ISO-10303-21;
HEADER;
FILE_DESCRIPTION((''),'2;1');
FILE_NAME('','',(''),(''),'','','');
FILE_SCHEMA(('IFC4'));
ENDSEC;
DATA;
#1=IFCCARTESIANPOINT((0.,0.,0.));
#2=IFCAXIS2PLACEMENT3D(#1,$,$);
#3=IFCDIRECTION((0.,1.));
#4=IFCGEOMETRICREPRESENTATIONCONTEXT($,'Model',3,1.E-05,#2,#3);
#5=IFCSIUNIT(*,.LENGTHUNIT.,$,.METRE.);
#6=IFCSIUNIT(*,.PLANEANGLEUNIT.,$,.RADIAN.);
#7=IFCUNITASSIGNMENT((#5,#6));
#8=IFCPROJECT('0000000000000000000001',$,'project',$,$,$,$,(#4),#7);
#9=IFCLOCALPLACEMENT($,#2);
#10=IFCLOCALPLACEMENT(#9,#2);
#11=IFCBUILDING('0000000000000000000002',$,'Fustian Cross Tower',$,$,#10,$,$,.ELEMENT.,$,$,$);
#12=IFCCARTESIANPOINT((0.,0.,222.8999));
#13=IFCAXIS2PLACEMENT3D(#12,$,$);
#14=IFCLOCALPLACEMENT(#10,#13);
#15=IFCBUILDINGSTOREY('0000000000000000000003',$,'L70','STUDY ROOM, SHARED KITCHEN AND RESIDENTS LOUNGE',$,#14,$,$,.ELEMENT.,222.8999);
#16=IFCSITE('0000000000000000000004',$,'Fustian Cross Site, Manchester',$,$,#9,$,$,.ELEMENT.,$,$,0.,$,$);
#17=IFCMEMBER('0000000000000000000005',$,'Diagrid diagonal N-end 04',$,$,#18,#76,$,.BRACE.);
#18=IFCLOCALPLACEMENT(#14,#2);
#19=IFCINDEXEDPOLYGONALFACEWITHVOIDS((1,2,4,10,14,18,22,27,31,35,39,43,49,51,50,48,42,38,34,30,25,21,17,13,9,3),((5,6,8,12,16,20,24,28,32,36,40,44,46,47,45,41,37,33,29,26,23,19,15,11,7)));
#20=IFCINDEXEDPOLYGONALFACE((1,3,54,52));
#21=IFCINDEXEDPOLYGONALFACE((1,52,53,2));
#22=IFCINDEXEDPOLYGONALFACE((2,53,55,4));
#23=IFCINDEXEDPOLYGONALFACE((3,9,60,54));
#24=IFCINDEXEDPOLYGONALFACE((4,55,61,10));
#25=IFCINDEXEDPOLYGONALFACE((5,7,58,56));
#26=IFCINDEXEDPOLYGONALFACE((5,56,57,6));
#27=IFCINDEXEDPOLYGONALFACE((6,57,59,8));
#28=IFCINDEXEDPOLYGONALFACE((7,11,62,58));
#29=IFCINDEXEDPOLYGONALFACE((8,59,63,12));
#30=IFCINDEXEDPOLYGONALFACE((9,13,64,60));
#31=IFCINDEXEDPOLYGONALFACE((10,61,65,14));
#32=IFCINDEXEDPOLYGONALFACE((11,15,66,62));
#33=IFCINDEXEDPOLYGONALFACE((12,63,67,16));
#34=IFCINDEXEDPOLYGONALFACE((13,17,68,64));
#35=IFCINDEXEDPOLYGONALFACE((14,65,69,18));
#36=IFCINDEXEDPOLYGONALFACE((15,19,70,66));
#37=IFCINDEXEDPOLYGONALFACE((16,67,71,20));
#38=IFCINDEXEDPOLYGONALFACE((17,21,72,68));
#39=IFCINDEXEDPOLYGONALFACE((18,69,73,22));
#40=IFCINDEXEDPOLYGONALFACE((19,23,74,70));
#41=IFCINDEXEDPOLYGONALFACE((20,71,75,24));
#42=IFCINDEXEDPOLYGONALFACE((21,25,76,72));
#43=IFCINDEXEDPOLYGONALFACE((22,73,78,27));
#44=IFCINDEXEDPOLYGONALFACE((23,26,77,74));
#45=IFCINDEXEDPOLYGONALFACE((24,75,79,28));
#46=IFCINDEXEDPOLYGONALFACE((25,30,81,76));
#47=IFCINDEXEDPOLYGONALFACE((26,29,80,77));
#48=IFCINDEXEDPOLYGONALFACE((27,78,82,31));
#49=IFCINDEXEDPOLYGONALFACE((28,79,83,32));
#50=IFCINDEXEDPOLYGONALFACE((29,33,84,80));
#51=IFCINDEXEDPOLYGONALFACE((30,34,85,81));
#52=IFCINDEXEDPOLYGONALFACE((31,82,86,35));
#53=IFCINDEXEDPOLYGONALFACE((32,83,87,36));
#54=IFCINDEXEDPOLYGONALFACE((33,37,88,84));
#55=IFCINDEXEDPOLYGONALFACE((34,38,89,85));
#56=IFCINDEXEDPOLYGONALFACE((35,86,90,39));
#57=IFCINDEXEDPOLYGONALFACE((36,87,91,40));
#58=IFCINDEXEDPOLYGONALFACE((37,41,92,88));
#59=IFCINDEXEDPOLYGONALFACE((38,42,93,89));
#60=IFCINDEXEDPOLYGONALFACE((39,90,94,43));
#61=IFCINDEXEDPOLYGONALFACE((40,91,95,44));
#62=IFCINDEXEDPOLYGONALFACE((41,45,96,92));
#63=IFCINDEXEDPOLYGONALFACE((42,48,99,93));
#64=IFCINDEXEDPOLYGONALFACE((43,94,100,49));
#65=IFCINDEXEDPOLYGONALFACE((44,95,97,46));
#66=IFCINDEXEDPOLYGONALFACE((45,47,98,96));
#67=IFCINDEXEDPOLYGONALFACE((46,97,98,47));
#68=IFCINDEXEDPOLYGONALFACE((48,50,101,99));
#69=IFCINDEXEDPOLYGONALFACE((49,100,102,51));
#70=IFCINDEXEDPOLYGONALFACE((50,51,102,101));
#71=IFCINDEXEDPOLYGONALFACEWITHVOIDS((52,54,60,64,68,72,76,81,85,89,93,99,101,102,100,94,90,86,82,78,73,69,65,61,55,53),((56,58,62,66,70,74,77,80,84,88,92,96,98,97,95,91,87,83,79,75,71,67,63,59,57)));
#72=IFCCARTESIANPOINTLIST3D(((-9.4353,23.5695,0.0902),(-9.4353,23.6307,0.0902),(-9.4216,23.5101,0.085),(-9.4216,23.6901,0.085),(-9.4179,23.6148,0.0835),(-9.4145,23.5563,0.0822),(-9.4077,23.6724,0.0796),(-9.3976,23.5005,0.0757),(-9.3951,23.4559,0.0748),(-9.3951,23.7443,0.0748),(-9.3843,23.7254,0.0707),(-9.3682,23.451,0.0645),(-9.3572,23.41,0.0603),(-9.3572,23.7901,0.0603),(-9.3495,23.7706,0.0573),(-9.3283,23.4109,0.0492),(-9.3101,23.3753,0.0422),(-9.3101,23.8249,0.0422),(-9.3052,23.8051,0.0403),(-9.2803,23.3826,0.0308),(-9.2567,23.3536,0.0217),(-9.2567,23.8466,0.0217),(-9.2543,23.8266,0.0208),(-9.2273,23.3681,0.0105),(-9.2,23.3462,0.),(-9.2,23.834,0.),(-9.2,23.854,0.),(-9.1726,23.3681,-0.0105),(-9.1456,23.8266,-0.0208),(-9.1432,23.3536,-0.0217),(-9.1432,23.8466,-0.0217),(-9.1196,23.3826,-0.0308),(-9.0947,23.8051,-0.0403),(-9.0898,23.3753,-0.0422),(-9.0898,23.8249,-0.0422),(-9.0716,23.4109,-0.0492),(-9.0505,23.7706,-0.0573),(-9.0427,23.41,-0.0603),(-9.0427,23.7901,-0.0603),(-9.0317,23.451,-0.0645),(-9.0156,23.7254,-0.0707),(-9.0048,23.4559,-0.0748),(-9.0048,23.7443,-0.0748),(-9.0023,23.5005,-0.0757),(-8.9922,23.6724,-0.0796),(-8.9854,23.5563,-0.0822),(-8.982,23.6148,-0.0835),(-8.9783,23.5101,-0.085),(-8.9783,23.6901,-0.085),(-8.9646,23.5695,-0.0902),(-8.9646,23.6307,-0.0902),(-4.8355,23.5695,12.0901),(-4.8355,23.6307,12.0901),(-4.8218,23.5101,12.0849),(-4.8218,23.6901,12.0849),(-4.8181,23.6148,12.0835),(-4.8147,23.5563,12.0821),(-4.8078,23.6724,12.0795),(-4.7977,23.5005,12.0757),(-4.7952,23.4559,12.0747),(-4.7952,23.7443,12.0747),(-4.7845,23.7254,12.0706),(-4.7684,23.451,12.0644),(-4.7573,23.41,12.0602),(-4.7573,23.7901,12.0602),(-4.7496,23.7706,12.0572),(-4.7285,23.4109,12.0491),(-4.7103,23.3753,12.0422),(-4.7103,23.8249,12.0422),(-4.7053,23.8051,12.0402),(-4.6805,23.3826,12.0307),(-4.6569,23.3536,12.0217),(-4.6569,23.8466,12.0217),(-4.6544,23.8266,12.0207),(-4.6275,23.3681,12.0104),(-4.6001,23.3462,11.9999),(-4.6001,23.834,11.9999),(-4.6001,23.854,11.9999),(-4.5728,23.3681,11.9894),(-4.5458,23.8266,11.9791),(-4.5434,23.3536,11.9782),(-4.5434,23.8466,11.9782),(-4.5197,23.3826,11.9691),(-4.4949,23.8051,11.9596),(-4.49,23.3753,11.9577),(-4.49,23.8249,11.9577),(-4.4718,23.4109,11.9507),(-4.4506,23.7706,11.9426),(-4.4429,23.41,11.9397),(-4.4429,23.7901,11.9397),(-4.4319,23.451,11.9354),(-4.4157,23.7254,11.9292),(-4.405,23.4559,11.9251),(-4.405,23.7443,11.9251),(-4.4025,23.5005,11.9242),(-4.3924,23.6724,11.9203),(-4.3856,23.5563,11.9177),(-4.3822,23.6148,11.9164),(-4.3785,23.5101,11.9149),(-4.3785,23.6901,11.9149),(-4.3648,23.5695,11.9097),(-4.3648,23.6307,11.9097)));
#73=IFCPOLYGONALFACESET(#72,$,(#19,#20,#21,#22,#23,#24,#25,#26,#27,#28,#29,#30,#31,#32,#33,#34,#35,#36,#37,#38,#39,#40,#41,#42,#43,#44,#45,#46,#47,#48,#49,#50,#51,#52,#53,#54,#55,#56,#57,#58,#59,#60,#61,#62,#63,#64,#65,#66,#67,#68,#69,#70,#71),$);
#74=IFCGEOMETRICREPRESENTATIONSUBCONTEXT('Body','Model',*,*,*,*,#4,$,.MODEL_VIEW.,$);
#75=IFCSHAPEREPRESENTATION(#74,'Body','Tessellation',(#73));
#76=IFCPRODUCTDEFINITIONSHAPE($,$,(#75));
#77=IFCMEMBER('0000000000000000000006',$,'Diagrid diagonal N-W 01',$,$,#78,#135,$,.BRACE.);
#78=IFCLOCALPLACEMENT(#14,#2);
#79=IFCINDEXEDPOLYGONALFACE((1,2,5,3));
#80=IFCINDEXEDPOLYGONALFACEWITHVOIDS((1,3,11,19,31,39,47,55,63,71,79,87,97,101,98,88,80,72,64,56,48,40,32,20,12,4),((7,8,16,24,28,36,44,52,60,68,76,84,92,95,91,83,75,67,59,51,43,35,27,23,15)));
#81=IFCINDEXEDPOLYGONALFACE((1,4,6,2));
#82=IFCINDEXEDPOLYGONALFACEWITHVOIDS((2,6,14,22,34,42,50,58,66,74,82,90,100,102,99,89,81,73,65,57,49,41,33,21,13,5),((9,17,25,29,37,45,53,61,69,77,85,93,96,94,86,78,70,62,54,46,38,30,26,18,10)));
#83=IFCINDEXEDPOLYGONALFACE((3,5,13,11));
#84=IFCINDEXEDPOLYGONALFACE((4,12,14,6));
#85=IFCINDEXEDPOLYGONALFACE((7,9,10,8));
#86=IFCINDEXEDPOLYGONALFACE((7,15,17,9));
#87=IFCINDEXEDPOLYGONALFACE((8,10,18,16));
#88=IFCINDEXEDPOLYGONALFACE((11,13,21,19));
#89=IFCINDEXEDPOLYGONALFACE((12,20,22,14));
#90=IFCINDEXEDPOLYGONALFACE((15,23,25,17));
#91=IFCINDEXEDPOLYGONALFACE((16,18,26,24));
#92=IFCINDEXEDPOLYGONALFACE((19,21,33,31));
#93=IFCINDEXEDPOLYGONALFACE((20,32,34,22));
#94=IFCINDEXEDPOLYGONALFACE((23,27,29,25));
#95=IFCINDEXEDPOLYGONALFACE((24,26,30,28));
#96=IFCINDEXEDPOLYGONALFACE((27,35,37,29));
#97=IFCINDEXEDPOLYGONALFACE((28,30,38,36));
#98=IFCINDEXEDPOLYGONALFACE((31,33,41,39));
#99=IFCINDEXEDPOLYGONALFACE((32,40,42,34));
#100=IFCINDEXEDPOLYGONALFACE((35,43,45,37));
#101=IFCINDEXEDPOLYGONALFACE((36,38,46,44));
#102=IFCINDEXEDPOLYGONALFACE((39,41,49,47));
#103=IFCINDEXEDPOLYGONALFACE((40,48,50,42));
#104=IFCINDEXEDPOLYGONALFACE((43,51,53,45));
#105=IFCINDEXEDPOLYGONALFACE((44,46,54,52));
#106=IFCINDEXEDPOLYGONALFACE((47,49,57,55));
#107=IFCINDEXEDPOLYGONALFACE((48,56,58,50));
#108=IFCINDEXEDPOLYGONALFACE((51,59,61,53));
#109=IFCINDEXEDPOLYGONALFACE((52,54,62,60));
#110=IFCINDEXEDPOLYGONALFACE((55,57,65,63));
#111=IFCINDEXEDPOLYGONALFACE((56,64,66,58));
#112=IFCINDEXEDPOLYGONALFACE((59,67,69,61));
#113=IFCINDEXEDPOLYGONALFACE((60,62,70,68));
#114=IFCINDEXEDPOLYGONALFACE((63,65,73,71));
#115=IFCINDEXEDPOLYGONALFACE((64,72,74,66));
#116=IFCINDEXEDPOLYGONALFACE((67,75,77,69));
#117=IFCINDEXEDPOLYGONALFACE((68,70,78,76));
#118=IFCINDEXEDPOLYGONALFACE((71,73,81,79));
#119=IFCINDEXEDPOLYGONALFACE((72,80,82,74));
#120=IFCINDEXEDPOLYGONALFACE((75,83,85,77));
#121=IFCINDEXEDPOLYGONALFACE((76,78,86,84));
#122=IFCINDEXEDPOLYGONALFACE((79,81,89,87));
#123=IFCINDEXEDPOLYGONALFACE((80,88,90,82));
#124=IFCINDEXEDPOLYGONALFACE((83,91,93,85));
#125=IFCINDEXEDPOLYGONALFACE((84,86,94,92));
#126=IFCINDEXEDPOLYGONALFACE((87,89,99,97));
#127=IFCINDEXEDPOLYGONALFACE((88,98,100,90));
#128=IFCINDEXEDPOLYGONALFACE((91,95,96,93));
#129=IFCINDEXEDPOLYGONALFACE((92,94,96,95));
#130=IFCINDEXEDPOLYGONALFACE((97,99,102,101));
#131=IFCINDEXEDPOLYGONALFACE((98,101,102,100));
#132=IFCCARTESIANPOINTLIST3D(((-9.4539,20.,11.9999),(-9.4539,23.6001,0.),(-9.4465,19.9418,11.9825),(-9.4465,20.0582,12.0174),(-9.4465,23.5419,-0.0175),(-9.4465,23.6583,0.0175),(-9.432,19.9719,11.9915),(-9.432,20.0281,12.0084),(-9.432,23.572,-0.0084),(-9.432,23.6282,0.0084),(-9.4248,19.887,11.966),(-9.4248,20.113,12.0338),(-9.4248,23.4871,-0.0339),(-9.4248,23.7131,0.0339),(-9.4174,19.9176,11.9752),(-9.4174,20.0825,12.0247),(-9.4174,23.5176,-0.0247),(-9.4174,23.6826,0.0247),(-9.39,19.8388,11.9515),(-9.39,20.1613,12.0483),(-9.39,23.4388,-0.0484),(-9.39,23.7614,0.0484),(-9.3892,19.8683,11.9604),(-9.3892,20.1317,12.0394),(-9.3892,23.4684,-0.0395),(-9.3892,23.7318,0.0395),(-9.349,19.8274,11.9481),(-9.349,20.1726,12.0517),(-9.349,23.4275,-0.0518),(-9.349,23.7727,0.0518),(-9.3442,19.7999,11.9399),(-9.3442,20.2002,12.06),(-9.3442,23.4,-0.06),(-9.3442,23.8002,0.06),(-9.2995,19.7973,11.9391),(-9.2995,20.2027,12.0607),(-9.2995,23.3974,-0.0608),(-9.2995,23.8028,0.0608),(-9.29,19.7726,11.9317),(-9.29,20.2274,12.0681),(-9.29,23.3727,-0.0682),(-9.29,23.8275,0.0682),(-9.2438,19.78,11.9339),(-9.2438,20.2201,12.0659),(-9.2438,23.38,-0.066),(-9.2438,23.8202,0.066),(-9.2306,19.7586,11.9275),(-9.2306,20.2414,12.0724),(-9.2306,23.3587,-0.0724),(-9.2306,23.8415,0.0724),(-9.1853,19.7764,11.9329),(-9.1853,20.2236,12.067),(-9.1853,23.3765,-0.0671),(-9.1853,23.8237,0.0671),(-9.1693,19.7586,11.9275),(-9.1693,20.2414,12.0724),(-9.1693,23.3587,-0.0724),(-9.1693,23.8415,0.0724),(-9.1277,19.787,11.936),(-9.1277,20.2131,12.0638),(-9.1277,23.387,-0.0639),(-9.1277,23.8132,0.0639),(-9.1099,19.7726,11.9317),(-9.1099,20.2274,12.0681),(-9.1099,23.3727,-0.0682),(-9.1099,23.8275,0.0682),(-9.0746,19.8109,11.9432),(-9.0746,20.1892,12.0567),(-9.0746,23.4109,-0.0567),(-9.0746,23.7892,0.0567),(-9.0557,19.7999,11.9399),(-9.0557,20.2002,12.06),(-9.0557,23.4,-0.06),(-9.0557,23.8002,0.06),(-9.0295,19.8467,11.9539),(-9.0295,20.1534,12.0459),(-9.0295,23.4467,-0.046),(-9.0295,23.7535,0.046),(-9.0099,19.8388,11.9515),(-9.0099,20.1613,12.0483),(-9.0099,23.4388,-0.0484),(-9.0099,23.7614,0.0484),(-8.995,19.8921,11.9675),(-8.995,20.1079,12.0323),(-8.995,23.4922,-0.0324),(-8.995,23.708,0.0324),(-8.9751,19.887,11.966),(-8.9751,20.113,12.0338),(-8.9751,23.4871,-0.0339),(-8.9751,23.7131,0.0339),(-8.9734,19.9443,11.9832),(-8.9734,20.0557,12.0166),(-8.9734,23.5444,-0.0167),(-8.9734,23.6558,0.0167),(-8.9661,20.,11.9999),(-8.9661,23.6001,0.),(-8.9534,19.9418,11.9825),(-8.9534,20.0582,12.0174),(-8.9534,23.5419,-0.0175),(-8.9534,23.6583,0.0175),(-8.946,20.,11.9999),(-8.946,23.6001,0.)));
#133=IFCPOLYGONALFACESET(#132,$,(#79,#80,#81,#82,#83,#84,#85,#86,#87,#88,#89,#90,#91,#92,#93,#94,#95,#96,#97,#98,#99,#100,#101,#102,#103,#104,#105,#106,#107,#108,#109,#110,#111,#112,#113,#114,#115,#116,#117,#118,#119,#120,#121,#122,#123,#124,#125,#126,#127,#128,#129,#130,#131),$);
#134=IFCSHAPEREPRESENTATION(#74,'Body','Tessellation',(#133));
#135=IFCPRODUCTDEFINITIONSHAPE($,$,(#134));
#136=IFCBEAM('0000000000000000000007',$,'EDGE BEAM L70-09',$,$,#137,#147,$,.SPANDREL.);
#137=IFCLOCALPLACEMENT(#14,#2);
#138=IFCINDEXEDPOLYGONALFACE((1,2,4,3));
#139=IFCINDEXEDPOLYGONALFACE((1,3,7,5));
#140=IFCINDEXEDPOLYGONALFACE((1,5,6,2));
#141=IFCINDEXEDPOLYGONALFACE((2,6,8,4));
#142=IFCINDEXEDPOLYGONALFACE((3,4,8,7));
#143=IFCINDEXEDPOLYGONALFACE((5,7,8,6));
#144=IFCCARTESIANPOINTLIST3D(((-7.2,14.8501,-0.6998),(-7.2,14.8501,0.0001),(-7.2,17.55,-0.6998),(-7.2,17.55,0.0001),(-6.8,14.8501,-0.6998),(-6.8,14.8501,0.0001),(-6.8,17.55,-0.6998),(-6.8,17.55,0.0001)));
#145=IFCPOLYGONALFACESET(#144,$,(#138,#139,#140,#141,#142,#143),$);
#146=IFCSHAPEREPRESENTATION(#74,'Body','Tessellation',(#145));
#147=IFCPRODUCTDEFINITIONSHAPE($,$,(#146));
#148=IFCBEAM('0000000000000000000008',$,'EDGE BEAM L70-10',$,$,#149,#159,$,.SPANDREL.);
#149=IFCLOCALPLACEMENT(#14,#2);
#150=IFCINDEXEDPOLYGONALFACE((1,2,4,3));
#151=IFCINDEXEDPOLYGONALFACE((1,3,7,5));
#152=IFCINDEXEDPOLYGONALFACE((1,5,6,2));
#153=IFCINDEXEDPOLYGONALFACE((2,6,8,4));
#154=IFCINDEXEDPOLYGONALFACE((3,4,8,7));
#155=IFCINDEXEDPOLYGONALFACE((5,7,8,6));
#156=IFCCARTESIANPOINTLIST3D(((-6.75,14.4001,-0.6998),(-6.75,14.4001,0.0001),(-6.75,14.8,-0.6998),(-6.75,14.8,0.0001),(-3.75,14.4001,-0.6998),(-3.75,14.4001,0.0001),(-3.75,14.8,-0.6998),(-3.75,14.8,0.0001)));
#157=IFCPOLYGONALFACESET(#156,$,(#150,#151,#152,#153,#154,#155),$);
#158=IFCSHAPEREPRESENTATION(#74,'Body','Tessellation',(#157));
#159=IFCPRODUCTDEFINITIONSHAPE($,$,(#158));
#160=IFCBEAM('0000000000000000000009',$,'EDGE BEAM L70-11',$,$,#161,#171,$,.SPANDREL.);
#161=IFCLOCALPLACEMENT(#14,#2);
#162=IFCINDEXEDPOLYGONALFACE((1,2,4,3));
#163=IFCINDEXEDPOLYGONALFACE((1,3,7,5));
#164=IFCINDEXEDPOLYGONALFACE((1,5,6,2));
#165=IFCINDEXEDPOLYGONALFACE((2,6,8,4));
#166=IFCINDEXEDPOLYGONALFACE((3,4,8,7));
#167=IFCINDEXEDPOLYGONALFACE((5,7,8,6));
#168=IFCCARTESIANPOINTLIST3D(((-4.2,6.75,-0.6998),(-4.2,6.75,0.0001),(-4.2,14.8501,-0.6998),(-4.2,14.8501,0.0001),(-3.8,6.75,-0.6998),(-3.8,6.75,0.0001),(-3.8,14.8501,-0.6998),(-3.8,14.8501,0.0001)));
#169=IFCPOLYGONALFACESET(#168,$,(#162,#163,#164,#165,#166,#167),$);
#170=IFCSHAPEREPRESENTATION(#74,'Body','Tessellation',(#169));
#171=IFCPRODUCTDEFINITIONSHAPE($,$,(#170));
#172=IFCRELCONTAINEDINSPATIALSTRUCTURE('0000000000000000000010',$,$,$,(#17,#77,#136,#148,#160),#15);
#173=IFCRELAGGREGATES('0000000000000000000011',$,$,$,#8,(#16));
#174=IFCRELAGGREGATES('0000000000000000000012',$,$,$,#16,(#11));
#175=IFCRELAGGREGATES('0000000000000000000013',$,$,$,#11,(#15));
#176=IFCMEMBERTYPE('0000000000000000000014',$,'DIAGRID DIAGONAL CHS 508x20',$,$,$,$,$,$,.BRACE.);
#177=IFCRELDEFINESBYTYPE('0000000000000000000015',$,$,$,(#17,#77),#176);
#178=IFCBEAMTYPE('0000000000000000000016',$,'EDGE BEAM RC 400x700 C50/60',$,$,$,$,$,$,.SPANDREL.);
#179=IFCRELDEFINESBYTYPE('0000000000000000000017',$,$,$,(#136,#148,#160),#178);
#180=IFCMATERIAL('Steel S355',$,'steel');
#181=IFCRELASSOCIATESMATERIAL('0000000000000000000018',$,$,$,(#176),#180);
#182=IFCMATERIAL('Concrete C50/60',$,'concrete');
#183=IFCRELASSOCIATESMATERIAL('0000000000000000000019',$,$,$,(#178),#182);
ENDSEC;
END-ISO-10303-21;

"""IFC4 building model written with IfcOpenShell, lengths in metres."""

from ifc_helpers import new_model, si_unit, direction, frame, origin, origin_2d, place, context, subcontext, project, spatial, rectangle, hollow_circle, extrude, material, material_profile, profile_set, type_object, element, save


model = new_model("IFC4")

# Units and contexts
model_context = context("Model", 3, precision=1e-05, world=origin(), true_north=direction((0.0, 1.0)))
body_context = subcontext(model_context, "Body", "Model", "MODEL_VIEW")
ifc_project = project(units=[si_unit("LENGTHUNIT", "METRE"), si_unit("PLANEANGLEUNIT", "RADIAN")], contexts=[model_context])

# Site, building, storey
site_placement = place(None, origin())
site = spatial("IfcSite", under=ifc_project, at=site_placement, Name="Fustian Cross Site, Manchester", CompositionType="ELEMENT", RefElevation=0.0)
building_placement = place(site_placement, origin())
building = spatial("IfcBuilding", under=site, at=building_placement, Name="Fustian Cross Tower", CompositionType="ELEMENT")
storey_placement = place(building_placement, frame((0.0, 0.0, 222.8999)))
storey = spatial("IfcBuildingStorey", under=building, at=storey_placement, Name="L70", Description="STUDY ROOM, SHARED KITCHEN AND RESIDENTS LOUNGE", CompositionType="ELEMENT", Elevation=222.8999)

# Members
ifc_material_1 = material(Name="Steel S355", Category="steel")
ifc_material_profile_1 = material_profile(ifc_material_1, hollow_circle(Radius=0.2539, WallThickness=0.02, at=origin_2d()), Name="CHS 508x20")
ifc_profile_set_1 = profile_set([ifc_material_profile_1], Name="Steel S355")
member_type_1 = type_object("IfcMemberType", Name="DIAGRID DIAGONAL CHS 508x20", PredefinedType="BRACE", material=ifc_profile_set_1)
member_1_placement = place(storey_placement, frame((-9.2, 23.6001, 0.0), z_axis=(0.357926, 0.0, 0.93375), x_axis=(0.0, 1.0, 0.0)))
element("IfcMember", 1, at=member_1_placement, inside=storey, type_object=member_type_1, Name="Diagrid diagonal N-end 04", PredefinedType="BRACE", context=body_context, shape_type="SweptSolid", body=[
    extrude(hollow_circle(Radius=0.2539, WallThickness=0.02, at=origin_2d()), origin(), (0.0, 0.0, 1.0), 12.8513),
])
member_2_placement = place(storey_placement, frame((-9.2, 23.6001, 0.0), z_axis=(0.0, -0.287355, 0.957824), x_axis=(1.0, 0.0, 0.0)))
element("IfcMember", 2, at=member_2_placement, inside=storey, type_object=member_type_1, Name="Diagrid diagonal N-W 01", PredefinedType="BRACE", context=body_context, shape_type="SweptSolid", body=[
    extrude(hollow_circle(Radius=0.2539, WallThickness=0.02, at=origin_2d()), origin(), (0.0, 0.0, 1.0), 12.5283),
])

# Beams
ifc_material_2 = material(Name="Concrete C50/60", Category="concrete")
ifc_material_profile_2 = material_profile(ifc_material_2, rectangle(XDim=0.3999, YDim=0.7, at=origin_2d()), Name="RC 400x700")
ifc_profile_set_2 = profile_set([ifc_material_profile_2], Name="Concrete C50/60")
beam_type = type_object("IfcBeamType", Name="EDGE BEAM RC 400x700 C50/60", PredefinedType="SPANDREL", material=ifc_profile_set_2)
beam_1_placement = place(storey_placement, frame((-7.0, 17.55, -0.3499), z_axis=(0.0, -1.0, 0.0), x_axis=(1.0, 0.0, 0.0)))
element("IfcBeam", 3, at=beam_1_placement, inside=storey, type_object=beam_type, Name="EDGE BEAM L70-09", PredefinedType="SPANDREL", context=body_context, shape_type="SweptSolid", body=[
    extrude(rectangle(XDim=0.3999, YDim=0.7, at=origin_2d()), origin(), (0.0, 0.0, 1.0), 2.7),
])
beam_2_placement = place(storey_placement, frame((-6.75, 14.6001, -0.3499), z_axis=(1.0, 0.0, 0.0), x_axis=(0.0, 1.0, 0.0)))
element("IfcBeam", 4, at=beam_2_placement, inside=storey, type_object=beam_type, Name="EDGE BEAM L70-10", PredefinedType="SPANDREL", context=body_context, shape_type="SweptSolid", body=[
    extrude(rectangle(XDim=0.3999, YDim=0.7, at=origin_2d()), origin(), (0.0, 0.0, 1.0), 3.0),
])
beam_3_placement = place(storey_placement, frame((-4.0, 14.8501, -0.3499), z_axis=(0.0, -1.0, 0.0), x_axis=(1.0, 0.0, 0.0)))
element("IfcBeam", 5, at=beam_3_placement, inside=storey, type_object=beam_type, Name="EDGE BEAM L70-11", PredefinedType="SPANDREL", context=body_context, shape_type="SweptSolid", body=[
    extrude(rectangle(XDim=0.3999, YDim=0.7, at=origin_2d()), origin(), (0.0, 0.0, 1.0), 8.1001),
])

save(model, "model.ifc")
